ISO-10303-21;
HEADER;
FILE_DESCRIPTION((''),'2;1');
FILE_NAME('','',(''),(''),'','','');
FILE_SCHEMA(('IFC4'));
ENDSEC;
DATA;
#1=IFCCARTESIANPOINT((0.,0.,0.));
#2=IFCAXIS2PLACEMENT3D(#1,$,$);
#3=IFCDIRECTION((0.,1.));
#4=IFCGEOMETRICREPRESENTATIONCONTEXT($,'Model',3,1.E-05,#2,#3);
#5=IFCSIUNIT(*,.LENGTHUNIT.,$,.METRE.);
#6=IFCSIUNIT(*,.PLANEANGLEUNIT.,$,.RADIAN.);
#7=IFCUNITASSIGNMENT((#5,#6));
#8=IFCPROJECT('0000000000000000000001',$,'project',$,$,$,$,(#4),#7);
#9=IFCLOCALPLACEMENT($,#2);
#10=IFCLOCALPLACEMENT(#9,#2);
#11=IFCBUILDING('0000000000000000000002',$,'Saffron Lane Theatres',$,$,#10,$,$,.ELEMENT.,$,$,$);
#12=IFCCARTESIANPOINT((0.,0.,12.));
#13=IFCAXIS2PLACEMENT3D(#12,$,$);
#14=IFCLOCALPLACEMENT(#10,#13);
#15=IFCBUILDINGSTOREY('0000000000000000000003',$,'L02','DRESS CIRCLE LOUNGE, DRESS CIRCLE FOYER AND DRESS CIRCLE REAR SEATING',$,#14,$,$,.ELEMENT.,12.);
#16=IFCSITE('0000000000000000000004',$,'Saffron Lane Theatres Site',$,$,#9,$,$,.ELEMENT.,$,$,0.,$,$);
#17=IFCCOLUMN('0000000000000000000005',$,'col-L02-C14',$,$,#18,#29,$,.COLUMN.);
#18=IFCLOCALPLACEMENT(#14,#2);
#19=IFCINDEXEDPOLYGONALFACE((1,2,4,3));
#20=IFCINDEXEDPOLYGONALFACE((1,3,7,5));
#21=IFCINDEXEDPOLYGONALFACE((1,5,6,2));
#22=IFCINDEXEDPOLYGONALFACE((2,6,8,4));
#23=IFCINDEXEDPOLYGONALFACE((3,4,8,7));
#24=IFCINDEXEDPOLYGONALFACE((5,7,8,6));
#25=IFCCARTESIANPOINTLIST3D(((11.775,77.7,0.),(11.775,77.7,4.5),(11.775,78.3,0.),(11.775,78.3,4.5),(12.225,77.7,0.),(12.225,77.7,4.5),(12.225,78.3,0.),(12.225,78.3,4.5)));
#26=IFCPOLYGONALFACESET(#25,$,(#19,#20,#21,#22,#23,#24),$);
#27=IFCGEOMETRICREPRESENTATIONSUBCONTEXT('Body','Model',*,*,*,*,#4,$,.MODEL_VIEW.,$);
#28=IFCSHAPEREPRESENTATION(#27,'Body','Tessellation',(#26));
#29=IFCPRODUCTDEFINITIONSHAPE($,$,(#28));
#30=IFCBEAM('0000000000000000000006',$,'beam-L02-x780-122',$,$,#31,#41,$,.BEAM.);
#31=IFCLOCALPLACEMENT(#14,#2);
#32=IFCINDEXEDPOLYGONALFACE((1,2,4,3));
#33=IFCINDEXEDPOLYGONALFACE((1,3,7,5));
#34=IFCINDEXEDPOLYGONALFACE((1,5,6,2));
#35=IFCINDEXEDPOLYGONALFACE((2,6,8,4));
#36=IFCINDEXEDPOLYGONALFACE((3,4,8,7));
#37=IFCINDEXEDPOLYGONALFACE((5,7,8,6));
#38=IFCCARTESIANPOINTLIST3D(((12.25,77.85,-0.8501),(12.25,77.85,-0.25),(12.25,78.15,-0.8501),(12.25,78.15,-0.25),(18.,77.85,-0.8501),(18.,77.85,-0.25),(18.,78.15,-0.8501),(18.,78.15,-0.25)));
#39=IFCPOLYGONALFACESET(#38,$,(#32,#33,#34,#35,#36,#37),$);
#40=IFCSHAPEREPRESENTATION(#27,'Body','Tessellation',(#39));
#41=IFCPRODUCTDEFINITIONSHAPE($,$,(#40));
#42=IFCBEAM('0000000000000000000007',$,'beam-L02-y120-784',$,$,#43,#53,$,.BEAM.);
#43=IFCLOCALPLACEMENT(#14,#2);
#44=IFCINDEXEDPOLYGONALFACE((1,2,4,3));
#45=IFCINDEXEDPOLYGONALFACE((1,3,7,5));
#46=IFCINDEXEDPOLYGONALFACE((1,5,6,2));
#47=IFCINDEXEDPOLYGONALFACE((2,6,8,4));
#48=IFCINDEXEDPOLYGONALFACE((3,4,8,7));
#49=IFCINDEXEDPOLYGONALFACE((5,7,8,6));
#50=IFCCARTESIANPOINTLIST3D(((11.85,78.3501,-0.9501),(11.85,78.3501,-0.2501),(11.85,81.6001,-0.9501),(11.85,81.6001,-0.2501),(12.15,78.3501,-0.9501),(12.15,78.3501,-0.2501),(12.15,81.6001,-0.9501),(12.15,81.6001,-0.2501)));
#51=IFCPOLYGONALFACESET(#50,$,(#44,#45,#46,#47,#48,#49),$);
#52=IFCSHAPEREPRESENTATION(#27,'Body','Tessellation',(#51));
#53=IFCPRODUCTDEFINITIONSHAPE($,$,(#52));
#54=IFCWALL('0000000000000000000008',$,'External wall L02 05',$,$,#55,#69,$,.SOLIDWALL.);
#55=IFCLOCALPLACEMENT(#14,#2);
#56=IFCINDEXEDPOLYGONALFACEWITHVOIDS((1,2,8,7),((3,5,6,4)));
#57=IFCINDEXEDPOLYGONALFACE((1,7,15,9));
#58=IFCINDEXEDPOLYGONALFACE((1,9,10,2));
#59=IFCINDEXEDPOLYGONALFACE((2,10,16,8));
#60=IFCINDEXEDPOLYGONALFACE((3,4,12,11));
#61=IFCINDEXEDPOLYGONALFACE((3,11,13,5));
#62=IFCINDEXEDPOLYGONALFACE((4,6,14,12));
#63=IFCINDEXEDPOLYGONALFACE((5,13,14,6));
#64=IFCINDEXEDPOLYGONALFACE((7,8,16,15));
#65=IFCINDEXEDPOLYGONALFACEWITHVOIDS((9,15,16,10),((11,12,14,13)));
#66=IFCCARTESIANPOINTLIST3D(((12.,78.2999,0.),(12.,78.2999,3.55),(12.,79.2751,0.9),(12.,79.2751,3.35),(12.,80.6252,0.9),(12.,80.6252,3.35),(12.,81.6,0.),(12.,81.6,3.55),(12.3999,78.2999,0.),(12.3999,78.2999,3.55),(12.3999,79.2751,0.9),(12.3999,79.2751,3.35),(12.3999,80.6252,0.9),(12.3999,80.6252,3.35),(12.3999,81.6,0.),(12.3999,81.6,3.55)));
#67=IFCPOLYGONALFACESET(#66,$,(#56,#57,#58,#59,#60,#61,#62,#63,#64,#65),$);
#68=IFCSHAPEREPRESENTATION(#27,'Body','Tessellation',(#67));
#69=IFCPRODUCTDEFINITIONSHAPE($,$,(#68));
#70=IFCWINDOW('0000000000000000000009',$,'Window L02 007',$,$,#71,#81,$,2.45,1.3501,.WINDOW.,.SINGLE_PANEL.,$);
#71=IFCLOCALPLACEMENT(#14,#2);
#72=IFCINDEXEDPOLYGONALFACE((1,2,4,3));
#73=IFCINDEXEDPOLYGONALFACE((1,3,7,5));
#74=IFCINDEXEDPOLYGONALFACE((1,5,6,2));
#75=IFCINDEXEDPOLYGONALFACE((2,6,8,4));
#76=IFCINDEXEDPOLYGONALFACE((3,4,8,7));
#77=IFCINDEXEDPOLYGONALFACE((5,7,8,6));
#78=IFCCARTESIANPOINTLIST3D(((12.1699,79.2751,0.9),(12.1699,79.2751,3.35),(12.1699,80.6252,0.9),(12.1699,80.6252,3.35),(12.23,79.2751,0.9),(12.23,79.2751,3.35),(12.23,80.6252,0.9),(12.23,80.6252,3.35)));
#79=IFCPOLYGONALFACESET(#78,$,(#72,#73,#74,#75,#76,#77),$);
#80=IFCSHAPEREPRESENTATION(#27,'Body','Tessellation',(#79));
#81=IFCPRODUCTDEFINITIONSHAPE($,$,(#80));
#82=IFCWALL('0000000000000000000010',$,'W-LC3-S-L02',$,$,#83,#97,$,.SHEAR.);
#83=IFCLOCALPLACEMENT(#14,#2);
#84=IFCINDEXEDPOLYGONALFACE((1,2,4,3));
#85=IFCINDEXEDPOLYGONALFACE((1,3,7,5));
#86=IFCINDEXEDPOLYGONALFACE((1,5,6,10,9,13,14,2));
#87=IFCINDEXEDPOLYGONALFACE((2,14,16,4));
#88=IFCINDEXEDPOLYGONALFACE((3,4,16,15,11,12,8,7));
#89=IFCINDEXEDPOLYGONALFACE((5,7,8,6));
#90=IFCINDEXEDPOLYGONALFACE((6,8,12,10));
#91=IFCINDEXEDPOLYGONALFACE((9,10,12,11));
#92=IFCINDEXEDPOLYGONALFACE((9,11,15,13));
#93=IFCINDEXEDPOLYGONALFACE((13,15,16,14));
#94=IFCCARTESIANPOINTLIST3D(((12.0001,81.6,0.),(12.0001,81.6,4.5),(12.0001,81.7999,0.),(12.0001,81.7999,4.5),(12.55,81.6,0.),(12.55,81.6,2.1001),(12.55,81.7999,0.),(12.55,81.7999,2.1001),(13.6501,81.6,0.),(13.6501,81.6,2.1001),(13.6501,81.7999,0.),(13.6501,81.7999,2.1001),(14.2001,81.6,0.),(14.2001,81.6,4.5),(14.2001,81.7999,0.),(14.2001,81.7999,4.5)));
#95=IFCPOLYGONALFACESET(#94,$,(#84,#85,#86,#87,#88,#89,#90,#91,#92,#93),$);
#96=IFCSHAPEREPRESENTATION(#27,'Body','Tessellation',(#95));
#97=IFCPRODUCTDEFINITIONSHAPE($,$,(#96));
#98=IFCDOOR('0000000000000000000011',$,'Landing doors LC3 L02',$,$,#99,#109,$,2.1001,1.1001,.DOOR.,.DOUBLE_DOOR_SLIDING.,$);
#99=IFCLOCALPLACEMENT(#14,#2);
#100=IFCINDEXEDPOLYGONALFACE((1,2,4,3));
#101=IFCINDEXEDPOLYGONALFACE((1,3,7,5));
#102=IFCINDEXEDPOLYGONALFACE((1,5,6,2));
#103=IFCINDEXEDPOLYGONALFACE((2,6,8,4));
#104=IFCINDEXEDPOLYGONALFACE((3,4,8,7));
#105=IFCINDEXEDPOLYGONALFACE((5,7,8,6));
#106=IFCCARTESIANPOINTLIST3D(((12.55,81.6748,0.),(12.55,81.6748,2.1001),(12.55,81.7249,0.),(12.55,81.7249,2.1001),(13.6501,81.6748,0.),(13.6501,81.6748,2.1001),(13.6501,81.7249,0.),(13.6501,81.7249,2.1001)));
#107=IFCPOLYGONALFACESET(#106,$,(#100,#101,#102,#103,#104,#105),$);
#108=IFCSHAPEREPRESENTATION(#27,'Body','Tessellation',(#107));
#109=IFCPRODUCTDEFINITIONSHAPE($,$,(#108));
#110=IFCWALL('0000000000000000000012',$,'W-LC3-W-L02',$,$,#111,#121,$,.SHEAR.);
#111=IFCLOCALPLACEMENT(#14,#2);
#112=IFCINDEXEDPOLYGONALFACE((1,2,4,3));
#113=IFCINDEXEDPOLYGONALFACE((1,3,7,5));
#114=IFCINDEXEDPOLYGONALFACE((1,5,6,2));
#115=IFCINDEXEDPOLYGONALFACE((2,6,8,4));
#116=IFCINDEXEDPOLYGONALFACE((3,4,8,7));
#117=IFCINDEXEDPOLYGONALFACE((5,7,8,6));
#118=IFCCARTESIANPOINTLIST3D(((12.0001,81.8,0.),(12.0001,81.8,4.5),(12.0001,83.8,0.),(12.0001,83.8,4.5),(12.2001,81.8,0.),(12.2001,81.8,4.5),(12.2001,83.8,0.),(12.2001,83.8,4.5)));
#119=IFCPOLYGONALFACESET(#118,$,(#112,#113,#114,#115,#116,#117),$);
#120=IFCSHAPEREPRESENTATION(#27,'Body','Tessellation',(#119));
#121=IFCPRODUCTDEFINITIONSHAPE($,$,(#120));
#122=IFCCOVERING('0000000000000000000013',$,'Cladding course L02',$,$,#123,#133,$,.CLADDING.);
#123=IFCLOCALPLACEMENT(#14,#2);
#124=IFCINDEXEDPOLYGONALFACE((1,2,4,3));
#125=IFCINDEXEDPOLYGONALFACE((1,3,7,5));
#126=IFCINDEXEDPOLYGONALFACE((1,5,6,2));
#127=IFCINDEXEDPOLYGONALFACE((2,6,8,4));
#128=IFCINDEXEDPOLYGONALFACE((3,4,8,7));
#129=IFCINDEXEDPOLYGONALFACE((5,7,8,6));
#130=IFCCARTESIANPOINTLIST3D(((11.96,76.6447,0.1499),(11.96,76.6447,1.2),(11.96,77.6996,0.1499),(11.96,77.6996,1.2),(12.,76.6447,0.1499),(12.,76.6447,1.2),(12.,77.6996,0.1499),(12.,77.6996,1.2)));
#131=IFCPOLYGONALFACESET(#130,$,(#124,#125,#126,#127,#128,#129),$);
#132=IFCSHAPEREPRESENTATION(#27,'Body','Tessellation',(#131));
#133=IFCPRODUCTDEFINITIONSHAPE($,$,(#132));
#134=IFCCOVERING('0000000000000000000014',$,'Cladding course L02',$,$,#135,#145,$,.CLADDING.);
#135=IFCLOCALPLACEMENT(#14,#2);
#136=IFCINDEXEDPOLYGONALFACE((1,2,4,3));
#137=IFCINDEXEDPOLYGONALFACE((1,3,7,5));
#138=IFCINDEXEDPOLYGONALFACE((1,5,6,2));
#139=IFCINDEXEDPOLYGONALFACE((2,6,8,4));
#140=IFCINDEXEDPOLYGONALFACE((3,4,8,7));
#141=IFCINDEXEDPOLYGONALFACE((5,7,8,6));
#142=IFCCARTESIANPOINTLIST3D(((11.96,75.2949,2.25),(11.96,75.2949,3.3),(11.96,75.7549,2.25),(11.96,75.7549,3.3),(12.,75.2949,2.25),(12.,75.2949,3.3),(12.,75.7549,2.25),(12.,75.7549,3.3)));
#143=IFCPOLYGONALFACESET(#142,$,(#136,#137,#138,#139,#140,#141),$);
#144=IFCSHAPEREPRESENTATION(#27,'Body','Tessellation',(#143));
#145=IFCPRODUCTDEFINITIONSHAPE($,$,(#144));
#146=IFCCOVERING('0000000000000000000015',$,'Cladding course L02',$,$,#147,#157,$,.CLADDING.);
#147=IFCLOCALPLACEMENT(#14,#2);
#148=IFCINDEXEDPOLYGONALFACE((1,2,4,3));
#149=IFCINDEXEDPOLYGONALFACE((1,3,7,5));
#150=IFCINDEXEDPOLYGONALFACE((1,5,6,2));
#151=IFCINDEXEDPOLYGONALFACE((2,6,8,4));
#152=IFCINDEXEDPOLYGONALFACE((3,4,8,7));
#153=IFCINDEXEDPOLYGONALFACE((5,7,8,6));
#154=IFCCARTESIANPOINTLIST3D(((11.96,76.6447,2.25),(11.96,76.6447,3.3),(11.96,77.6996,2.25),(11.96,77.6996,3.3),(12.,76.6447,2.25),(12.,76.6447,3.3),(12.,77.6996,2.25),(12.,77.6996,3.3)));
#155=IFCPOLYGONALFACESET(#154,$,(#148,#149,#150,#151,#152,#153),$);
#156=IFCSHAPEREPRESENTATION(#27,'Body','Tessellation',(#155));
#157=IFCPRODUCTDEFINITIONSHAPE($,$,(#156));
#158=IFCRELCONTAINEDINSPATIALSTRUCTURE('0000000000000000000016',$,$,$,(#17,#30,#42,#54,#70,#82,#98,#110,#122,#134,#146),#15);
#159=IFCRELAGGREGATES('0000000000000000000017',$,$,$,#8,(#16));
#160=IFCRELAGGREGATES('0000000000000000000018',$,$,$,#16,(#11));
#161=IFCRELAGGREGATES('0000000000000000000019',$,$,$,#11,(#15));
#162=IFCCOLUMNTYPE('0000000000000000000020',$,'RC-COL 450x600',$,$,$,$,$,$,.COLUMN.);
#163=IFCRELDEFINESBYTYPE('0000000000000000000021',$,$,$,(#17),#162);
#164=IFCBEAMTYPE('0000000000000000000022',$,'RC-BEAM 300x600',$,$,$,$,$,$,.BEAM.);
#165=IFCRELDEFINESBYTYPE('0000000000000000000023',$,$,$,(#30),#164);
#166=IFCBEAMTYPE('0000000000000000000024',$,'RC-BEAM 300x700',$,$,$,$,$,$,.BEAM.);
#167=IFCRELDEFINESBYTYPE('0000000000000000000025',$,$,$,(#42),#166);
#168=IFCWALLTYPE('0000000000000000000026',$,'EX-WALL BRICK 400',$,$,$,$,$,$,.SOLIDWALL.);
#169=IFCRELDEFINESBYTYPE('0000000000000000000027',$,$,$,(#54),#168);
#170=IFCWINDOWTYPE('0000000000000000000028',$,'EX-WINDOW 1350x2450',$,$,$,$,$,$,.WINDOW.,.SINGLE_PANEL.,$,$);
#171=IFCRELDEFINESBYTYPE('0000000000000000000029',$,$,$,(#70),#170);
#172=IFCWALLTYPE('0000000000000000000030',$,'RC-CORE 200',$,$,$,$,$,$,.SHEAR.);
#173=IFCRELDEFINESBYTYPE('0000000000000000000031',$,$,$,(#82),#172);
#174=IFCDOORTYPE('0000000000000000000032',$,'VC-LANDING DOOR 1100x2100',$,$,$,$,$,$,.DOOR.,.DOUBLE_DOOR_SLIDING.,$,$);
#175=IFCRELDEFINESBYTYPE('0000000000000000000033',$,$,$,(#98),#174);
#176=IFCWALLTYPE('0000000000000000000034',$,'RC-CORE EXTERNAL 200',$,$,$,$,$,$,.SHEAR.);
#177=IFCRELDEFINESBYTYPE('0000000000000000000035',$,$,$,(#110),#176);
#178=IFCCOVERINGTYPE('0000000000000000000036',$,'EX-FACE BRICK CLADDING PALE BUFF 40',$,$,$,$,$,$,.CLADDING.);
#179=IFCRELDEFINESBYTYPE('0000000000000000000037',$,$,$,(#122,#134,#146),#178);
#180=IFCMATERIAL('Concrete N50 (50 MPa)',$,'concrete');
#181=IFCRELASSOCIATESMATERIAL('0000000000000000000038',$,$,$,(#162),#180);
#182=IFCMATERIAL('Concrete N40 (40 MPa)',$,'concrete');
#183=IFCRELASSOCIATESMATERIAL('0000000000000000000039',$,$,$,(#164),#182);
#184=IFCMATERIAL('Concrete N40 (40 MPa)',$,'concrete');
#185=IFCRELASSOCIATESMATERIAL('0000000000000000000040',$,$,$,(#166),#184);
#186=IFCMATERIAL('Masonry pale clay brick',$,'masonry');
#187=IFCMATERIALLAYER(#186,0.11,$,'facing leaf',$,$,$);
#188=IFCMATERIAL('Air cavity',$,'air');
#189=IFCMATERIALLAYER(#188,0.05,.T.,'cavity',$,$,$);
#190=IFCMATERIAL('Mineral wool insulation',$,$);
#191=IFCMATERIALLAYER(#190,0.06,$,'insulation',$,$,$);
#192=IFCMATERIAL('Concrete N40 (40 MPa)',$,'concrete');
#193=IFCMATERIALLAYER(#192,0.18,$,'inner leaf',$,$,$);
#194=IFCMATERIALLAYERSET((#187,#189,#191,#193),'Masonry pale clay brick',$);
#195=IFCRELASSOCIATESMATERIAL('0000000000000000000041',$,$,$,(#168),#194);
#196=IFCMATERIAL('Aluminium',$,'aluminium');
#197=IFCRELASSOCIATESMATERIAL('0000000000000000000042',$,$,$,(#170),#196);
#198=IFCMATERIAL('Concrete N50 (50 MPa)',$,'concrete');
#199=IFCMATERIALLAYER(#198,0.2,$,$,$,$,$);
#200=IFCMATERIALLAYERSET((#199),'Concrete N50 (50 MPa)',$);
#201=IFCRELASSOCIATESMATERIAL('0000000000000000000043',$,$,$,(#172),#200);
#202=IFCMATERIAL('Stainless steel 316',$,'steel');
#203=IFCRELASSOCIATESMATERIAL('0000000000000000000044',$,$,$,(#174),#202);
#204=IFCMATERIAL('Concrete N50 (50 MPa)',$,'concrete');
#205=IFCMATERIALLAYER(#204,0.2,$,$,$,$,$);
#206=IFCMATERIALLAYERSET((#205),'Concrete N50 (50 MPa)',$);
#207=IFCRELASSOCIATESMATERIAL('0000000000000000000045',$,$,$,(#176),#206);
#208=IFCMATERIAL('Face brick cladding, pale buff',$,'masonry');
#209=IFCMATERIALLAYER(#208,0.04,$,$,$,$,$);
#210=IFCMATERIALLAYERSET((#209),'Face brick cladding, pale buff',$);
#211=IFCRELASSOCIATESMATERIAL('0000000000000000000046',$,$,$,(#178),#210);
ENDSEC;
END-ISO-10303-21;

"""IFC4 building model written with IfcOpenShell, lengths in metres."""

from ifc_helpers import new_model, si_unit, direction, frame, frame_2d, origin, origin_2d, place, context, subcontext, project, spatial, rectangle, extrude, material, layer, layer_set, material_profile, profile_set, type_object, element, fill, save


model = new_model("IFC4")

# Units and contexts
model_context = context("Model", 3, precision=1e-05, world=origin(), true_north=direction((0.0, 1.0)))
body_context = subcontext(model_context, "Body", "Model", "MODEL_VIEW")
ifc_project = project(units=[si_unit("LENGTHUNIT", "METRE"), si_unit("PLANEANGLEUNIT", "RADIAN")], contexts=[model_context])

# Site, building, storey
site_placement = place(None, origin())
site = spatial("IfcSite", under=ifc_project, at=site_placement, Name="Saffron Lane Theatres Site", CompositionType="ELEMENT", RefElevation=0.0)
building_placement = place(site_placement, origin())
building = spatial("IfcBuilding", under=site, at=building_placement, Name="Saffron Lane Theatres", CompositionType="ELEMENT")
storey_placement = place(building_placement, frame((0.0, 0.0, 12.0)))
storey = spatial("IfcBuildingStorey", under=building, at=storey_placement, Name="L02", Description="DRESS CIRCLE LOUNGE, DRESS CIRCLE FOYER AND DRESS CIRCLE REAR SEATING", CompositionType="ELEMENT", Elevation=12.0)

# Column
ifc_material_1 = material(Name="Concrete N50 (50 MPa)", Category="concrete")
ifc_material_profile_1 = material_profile(ifc_material_1, rectangle(XDim=0.45, YDim=0.6001, at=origin_2d()))
ifc_profile_set_1 = profile_set([ifc_material_profile_1], Name="Concrete N50 (50 MPa)")
column_type = type_object("IfcColumnType", Name="RC-COL 450x600", PredefinedType="COLUMN", material=ifc_profile_set_1)
column_placement = place(storey_placement, frame((12.0, 78.0, 0.0), z_axis=(0.0, 0.0, 1.0), x_axis=(1.0, 0.0, 0.0)))
element("IfcColumn", 1, at=column_placement, inside=storey, type_object=column_type, Name="col-L02-C14", PredefinedType="COLUMN", context=body_context, shape_type="SweptSolid", body=[
    extrude(rectangle(XDim=0.45, YDim=0.6001, at=origin_2d()), origin(), (0.0, 0.0, 1.0), 4.5),
])

# Beams
ifc_material_2 = material(Name="Concrete N40 (40 MPa)", Category="concrete")
ifc_material_profile_2 = material_profile(ifc_material_2, rectangle(XDim=0.3, YDim=0.6001, at=origin_2d()))
ifc_profile_set_2 = profile_set([ifc_material_profile_2], Name="Concrete N40 (40 MPa)")
beam_type_1 = type_object("IfcBeamType", Name="RC-BEAM 300x600", PredefinedType="BEAM", material=ifc_profile_set_2)
beam_1_placement = place(storey_placement, frame((12.25, 78.0, -0.55), z_axis=(1.0, 0.0, 0.0), x_axis=(0.0, 1.0, 0.0)))
element("IfcBeam", 2, at=beam_1_placement, inside=storey, type_object=beam_type_1, Name="beam-L02-x780-122", PredefinedType="BEAM", context=body_context, shape_type="SweptSolid", body=[
    extrude(rectangle(XDim=0.3, YDim=0.6001, at=origin_2d()), origin(), (0.0, 0.0, 1.0), 5.75),
])
ifc_material_3 = material(Name="Concrete N40 (40 MPa)", Category="concrete")
ifc_material_profile_3 = material_profile(ifc_material_3, rectangle(XDim=0.3, YDim=0.7, at=origin_2d()))
ifc_profile_set_3 = profile_set([ifc_material_profile_3], Name="Concrete N40 (40 MPa)")
beam_type_2 = type_object("IfcBeamType", Name="RC-BEAM 300x700", PredefinedType="BEAM", material=ifc_profile_set_3)
beam_2_placement = place(storey_placement, frame((12.0, 78.3501, -0.6001), z_axis=(0.0, 1.0, 0.0), x_axis=(-1.0, 0.0, 0.0)))
element("IfcBeam", 3, at=beam_2_placement, inside=storey, type_object=beam_type_2, Name="beam-L02-y120-784", PredefinedType="BEAM", context=body_context, shape_type="SweptSolid", body=[
    extrude(rectangle(XDim=0.3, YDim=0.7, at=origin_2d()), origin(), (0.0, 0.0, 1.0), 3.25),
])

# Wall, opening, window
ifc_material_4 = material(Name="Masonry pale clay brick", Category="masonry")
ifc_layer_1 = layer(ifc_material_4, 0.11, Name="facing leaf")
ifc_material_5 = material(Name="Air cavity", Category="air")
ifc_layer_2 = layer(ifc_material_5, 0.05, ventilated=True, Name="cavity")
ifc_material_6 = material(Name="Mineral wool insulation")
ifc_layer_3 = layer(ifc_material_6, 0.06, Name="insulation")
ifc_material_7 = material(Name="Concrete N40 (40 MPa)", Category="concrete")
ifc_layer_4 = layer(ifc_material_7, 0.18, Name="inner leaf")
ifc_layer_set_1 = layer_set([ifc_layer_1, ifc_layer_2, ifc_layer_3, ifc_layer_4], Name="Masonry pale clay brick")
wall_type_1 = type_object("IfcWallType", Name="EX-WALL BRICK 400", PredefinedType="SOLIDWALL", material=ifc_layer_set_1)
wall_1_placement = place(storey_placement, frame((12.2, 78.3, 0.0), z_axis=(0.0, 0.0, 1.0), x_axis=(0.0, 1.0, 0.0)))
wall_1 = element("IfcWall", 4, at=wall_1_placement, inside=storey, type_object=wall_type_1, Name="External wall L02 05", PredefinedType="SOLIDWALL", context=body_context, shape_type="SweptSolid", body=[
    extrude(rectangle(XDim=3.3, YDim=0.3999, at=frame_2d((1.6499, 0.0))), origin(), (0.0, 0.0, 1.0), 3.55),
])
opening_1_placement = place(wall_1_placement, frame((0.9751, 0.0, 0.8999)))
opening_1 = element("IfcOpeningElement", 5, at=opening_1_placement, cuts=wall_1, PredefinedType="OPENING", context=body_context, shape_type="SweptSolid", body=[
    extrude(rectangle(XDim=1.3501, YDim=2.45, at=frame_2d((0.675, 1.2251))), frame((0.0, 0.21, 0.0), z_axis=(0.0, -1.0, 0.0), x_axis=(1.0, 0.0, 0.0)), (0.0, 0.0, 1.0), 0.4199),
])
ifc_material_8 = material(Name="Aluminium", Category="aluminium")
window_type = type_object("IfcWindowType", Name="EX-WINDOW 1350x2450", PartitioningType="SINGLE_PANEL", PredefinedType="WINDOW", material=ifc_material_8)
window_placement = place(opening_1_placement, origin())
window = element("IfcWindow", 6, at=window_placement, inside=storey, type_object=window_type, Name="Window L02 007", OverallHeight=2.45, OverallWidth=1.3501, PartitioningType="SINGLE_PANEL", PredefinedType="WINDOW", context=body_context, shape_type="SweptSolid", body=[
    extrude(rectangle(XDim=1.3501, YDim=2.45, at=frame_2d((0.675, 1.2251))), frame((0.0, 0.03, 0.0), z_axis=(0.0, -1.0, 0.0), x_axis=(1.0, 0.0, 0.0)), (0.0, 0.0, 1.0), 0.0601),
])
fill(opening_1, window)

# Wall, opening, door
ifc_material_9 = material(Name="Concrete N50 (50 MPa)", Category="concrete")
ifc_layer_5 = layer(ifc_material_9, 0.2)
ifc_layer_set_2 = layer_set([ifc_layer_5], Name="Concrete N50 (50 MPa)")
wall_type_2 = type_object("IfcWallType", Name="RC-CORE 200", PredefinedType="SHEAR", material=ifc_layer_set_2)
wall_2_placement = place(storey_placement, frame((12.0, 81.7, 0.0), z_axis=(0.0, 0.0, 1.0), x_axis=(1.0, 0.0, 0.0)))
wall_2 = element("IfcWall", 7, at=wall_2_placement, inside=storey, type_object=wall_type_2, Name="W-LC3-S-L02", PredefinedType="SHEAR", context=body_context, shape_type="SweptSolid", body=[
    extrude(rectangle(XDim=2.2, YDim=0.2, at=frame_2d((1.1001, 0.0))), origin(), (0.0, 0.0, 1.0), 4.5),
])
opening_2_placement = place(wall_2_placement, frame((0.55, 0.0, 0.0)))
opening_2 = element("IfcOpeningElement", 8, at=opening_2_placement, cuts=wall_2, PredefinedType="OPENING", context=body_context, shape_type="SweptSolid", body=[
    extrude(rectangle(XDim=1.1001, YDim=2.1001, at=frame_2d((0.55, 1.05))), frame((0.0, 0.1099, 0.0), z_axis=(0.0, -1.0, 0.0), x_axis=(1.0, 0.0, 0.0)), (0.0, 0.0, 1.0), 0.22),
])
ifc_material_10 = material(Name="Stainless steel 316", Category="steel")
door_type = type_object("IfcDoorType", Name="VC-LANDING DOOR 1100x2100", OperationType="DOUBLE_DOOR_SLIDING", PredefinedType="DOOR", material=ifc_material_10)
door_placement = place(opening_2_placement, origin())
door = element("IfcDoor", 9, at=door_placement, inside=storey, type_object=door_type, Name="Landing doors LC3 L02", OperationType="DOUBLE_DOOR_SLIDING", OverallHeight=2.1001, OverallWidth=1.1001, PredefinedType="DOOR", context=body_context, shape_type="SweptSolid", body=[
    extrude(rectangle(XDim=1.1001, YDim=2.1001, at=frame_2d((0.55, 1.05))), frame((0.0, 0.0249, 0.0), z_axis=(0.0, -1.0, 0.0), x_axis=(1.0, 0.0, 0.0)), (0.0, 0.0, 1.0), 0.05),
])
fill(opening_2, door)

# Wall
ifc_material_11 = material(Name="Concrete N50 (50 MPa)", Category="concrete")
ifc_layer_6 = layer(ifc_material_11, 0.2)
ifc_layer_set_3 = layer_set([ifc_layer_6], Name="Concrete N50 (50 MPa)")
wall_type_3 = type_object("IfcWallType", Name="RC-CORE EXTERNAL 200", PredefinedType="SHEAR", material=ifc_layer_set_3)
wall_3_placement = place(storey_placement, frame((12.1001, 81.8, 0.0), z_axis=(0.0, 0.0, 1.0), x_axis=(0.0, 1.0, 0.0)))
element("IfcWall", 10, at=wall_3_placement, inside=storey, type_object=wall_type_3, Name="W-LC3-W-L02", PredefinedType="SHEAR", context=body_context, shape_type="SweptSolid", body=[
    extrude(rectangle(XDim=2.0, YDim=0.2, at=frame_2d((1.0, 0.0))), origin(), (0.0, 0.0, 1.0), 4.5),
])

# Coverings
ifc_material_12 = material(Name="Face brick cladding, pale buff", Category="masonry")
ifc_layer_7 = layer(ifc_material_12, 0.04)
ifc_layer_set_4 = layer_set([ifc_layer_7], Name="Face brick cladding, pale buff")
covering_type_1 = type_object("IfcCoveringType", Name="EX-FACE BRICK CLADDING PALE BUFF 40", PredefinedType="CLADDING", material=ifc_layer_set_4)
covering_1_placement = place(storey_placement, frame((11.98, 77.1721, 0.1499), z_axis=(0.0, 0.0, 1.0), x_axis=(0.0, 1.0, 0.0)))
element("IfcCovering", 11, at=covering_1_placement, inside=storey, type_object=covering_type_1, Name="Cladding course L02", PredefinedType="CLADDING", context=body_context, shape_type="SweptSolid", body=[
    extrude(rectangle(XDim=1.0549, YDim=0.04, at=origin_2d()), origin(), (0.0, 0.0, 1.0), 1.05),
])
covering_2_placement = place(storey_placement, frame((11.98, 75.5249, 2.25), z_axis=(0.0, 0.0, 1.0), x_axis=(0.0, 1.0, 0.0)))
element("IfcCovering", 12, at=covering_2_placement, inside=storey, type_object=covering_type_1, Name="Cladding course L02", PredefinedType="CLADDING", context=body_context, shape_type="SweptSolid", body=[
    extrude(rectangle(XDim=0.46, YDim=0.04, at=origin_2d()), origin(), (0.0, 0.0, 1.0), 1.05),
])
covering_3_placement = place(storey_placement, frame((11.98, 77.1721, 2.25), z_axis=(0.0, 0.0, 1.0), x_axis=(0.0, 1.0, 0.0)))
element("IfcCovering", 13, at=covering_3_placement, inside=storey, type_object=covering_type_1, Name="Cladding course L02", PredefinedType="CLADDING", context=body_context, shape_type="SweptSolid", body=[
    extrude(rectangle(XDim=1.0549, YDim=0.04, at=origin_2d()), origin(), (0.0, 0.0, 1.0), 1.05),
])

save(model, "model.ifc")
